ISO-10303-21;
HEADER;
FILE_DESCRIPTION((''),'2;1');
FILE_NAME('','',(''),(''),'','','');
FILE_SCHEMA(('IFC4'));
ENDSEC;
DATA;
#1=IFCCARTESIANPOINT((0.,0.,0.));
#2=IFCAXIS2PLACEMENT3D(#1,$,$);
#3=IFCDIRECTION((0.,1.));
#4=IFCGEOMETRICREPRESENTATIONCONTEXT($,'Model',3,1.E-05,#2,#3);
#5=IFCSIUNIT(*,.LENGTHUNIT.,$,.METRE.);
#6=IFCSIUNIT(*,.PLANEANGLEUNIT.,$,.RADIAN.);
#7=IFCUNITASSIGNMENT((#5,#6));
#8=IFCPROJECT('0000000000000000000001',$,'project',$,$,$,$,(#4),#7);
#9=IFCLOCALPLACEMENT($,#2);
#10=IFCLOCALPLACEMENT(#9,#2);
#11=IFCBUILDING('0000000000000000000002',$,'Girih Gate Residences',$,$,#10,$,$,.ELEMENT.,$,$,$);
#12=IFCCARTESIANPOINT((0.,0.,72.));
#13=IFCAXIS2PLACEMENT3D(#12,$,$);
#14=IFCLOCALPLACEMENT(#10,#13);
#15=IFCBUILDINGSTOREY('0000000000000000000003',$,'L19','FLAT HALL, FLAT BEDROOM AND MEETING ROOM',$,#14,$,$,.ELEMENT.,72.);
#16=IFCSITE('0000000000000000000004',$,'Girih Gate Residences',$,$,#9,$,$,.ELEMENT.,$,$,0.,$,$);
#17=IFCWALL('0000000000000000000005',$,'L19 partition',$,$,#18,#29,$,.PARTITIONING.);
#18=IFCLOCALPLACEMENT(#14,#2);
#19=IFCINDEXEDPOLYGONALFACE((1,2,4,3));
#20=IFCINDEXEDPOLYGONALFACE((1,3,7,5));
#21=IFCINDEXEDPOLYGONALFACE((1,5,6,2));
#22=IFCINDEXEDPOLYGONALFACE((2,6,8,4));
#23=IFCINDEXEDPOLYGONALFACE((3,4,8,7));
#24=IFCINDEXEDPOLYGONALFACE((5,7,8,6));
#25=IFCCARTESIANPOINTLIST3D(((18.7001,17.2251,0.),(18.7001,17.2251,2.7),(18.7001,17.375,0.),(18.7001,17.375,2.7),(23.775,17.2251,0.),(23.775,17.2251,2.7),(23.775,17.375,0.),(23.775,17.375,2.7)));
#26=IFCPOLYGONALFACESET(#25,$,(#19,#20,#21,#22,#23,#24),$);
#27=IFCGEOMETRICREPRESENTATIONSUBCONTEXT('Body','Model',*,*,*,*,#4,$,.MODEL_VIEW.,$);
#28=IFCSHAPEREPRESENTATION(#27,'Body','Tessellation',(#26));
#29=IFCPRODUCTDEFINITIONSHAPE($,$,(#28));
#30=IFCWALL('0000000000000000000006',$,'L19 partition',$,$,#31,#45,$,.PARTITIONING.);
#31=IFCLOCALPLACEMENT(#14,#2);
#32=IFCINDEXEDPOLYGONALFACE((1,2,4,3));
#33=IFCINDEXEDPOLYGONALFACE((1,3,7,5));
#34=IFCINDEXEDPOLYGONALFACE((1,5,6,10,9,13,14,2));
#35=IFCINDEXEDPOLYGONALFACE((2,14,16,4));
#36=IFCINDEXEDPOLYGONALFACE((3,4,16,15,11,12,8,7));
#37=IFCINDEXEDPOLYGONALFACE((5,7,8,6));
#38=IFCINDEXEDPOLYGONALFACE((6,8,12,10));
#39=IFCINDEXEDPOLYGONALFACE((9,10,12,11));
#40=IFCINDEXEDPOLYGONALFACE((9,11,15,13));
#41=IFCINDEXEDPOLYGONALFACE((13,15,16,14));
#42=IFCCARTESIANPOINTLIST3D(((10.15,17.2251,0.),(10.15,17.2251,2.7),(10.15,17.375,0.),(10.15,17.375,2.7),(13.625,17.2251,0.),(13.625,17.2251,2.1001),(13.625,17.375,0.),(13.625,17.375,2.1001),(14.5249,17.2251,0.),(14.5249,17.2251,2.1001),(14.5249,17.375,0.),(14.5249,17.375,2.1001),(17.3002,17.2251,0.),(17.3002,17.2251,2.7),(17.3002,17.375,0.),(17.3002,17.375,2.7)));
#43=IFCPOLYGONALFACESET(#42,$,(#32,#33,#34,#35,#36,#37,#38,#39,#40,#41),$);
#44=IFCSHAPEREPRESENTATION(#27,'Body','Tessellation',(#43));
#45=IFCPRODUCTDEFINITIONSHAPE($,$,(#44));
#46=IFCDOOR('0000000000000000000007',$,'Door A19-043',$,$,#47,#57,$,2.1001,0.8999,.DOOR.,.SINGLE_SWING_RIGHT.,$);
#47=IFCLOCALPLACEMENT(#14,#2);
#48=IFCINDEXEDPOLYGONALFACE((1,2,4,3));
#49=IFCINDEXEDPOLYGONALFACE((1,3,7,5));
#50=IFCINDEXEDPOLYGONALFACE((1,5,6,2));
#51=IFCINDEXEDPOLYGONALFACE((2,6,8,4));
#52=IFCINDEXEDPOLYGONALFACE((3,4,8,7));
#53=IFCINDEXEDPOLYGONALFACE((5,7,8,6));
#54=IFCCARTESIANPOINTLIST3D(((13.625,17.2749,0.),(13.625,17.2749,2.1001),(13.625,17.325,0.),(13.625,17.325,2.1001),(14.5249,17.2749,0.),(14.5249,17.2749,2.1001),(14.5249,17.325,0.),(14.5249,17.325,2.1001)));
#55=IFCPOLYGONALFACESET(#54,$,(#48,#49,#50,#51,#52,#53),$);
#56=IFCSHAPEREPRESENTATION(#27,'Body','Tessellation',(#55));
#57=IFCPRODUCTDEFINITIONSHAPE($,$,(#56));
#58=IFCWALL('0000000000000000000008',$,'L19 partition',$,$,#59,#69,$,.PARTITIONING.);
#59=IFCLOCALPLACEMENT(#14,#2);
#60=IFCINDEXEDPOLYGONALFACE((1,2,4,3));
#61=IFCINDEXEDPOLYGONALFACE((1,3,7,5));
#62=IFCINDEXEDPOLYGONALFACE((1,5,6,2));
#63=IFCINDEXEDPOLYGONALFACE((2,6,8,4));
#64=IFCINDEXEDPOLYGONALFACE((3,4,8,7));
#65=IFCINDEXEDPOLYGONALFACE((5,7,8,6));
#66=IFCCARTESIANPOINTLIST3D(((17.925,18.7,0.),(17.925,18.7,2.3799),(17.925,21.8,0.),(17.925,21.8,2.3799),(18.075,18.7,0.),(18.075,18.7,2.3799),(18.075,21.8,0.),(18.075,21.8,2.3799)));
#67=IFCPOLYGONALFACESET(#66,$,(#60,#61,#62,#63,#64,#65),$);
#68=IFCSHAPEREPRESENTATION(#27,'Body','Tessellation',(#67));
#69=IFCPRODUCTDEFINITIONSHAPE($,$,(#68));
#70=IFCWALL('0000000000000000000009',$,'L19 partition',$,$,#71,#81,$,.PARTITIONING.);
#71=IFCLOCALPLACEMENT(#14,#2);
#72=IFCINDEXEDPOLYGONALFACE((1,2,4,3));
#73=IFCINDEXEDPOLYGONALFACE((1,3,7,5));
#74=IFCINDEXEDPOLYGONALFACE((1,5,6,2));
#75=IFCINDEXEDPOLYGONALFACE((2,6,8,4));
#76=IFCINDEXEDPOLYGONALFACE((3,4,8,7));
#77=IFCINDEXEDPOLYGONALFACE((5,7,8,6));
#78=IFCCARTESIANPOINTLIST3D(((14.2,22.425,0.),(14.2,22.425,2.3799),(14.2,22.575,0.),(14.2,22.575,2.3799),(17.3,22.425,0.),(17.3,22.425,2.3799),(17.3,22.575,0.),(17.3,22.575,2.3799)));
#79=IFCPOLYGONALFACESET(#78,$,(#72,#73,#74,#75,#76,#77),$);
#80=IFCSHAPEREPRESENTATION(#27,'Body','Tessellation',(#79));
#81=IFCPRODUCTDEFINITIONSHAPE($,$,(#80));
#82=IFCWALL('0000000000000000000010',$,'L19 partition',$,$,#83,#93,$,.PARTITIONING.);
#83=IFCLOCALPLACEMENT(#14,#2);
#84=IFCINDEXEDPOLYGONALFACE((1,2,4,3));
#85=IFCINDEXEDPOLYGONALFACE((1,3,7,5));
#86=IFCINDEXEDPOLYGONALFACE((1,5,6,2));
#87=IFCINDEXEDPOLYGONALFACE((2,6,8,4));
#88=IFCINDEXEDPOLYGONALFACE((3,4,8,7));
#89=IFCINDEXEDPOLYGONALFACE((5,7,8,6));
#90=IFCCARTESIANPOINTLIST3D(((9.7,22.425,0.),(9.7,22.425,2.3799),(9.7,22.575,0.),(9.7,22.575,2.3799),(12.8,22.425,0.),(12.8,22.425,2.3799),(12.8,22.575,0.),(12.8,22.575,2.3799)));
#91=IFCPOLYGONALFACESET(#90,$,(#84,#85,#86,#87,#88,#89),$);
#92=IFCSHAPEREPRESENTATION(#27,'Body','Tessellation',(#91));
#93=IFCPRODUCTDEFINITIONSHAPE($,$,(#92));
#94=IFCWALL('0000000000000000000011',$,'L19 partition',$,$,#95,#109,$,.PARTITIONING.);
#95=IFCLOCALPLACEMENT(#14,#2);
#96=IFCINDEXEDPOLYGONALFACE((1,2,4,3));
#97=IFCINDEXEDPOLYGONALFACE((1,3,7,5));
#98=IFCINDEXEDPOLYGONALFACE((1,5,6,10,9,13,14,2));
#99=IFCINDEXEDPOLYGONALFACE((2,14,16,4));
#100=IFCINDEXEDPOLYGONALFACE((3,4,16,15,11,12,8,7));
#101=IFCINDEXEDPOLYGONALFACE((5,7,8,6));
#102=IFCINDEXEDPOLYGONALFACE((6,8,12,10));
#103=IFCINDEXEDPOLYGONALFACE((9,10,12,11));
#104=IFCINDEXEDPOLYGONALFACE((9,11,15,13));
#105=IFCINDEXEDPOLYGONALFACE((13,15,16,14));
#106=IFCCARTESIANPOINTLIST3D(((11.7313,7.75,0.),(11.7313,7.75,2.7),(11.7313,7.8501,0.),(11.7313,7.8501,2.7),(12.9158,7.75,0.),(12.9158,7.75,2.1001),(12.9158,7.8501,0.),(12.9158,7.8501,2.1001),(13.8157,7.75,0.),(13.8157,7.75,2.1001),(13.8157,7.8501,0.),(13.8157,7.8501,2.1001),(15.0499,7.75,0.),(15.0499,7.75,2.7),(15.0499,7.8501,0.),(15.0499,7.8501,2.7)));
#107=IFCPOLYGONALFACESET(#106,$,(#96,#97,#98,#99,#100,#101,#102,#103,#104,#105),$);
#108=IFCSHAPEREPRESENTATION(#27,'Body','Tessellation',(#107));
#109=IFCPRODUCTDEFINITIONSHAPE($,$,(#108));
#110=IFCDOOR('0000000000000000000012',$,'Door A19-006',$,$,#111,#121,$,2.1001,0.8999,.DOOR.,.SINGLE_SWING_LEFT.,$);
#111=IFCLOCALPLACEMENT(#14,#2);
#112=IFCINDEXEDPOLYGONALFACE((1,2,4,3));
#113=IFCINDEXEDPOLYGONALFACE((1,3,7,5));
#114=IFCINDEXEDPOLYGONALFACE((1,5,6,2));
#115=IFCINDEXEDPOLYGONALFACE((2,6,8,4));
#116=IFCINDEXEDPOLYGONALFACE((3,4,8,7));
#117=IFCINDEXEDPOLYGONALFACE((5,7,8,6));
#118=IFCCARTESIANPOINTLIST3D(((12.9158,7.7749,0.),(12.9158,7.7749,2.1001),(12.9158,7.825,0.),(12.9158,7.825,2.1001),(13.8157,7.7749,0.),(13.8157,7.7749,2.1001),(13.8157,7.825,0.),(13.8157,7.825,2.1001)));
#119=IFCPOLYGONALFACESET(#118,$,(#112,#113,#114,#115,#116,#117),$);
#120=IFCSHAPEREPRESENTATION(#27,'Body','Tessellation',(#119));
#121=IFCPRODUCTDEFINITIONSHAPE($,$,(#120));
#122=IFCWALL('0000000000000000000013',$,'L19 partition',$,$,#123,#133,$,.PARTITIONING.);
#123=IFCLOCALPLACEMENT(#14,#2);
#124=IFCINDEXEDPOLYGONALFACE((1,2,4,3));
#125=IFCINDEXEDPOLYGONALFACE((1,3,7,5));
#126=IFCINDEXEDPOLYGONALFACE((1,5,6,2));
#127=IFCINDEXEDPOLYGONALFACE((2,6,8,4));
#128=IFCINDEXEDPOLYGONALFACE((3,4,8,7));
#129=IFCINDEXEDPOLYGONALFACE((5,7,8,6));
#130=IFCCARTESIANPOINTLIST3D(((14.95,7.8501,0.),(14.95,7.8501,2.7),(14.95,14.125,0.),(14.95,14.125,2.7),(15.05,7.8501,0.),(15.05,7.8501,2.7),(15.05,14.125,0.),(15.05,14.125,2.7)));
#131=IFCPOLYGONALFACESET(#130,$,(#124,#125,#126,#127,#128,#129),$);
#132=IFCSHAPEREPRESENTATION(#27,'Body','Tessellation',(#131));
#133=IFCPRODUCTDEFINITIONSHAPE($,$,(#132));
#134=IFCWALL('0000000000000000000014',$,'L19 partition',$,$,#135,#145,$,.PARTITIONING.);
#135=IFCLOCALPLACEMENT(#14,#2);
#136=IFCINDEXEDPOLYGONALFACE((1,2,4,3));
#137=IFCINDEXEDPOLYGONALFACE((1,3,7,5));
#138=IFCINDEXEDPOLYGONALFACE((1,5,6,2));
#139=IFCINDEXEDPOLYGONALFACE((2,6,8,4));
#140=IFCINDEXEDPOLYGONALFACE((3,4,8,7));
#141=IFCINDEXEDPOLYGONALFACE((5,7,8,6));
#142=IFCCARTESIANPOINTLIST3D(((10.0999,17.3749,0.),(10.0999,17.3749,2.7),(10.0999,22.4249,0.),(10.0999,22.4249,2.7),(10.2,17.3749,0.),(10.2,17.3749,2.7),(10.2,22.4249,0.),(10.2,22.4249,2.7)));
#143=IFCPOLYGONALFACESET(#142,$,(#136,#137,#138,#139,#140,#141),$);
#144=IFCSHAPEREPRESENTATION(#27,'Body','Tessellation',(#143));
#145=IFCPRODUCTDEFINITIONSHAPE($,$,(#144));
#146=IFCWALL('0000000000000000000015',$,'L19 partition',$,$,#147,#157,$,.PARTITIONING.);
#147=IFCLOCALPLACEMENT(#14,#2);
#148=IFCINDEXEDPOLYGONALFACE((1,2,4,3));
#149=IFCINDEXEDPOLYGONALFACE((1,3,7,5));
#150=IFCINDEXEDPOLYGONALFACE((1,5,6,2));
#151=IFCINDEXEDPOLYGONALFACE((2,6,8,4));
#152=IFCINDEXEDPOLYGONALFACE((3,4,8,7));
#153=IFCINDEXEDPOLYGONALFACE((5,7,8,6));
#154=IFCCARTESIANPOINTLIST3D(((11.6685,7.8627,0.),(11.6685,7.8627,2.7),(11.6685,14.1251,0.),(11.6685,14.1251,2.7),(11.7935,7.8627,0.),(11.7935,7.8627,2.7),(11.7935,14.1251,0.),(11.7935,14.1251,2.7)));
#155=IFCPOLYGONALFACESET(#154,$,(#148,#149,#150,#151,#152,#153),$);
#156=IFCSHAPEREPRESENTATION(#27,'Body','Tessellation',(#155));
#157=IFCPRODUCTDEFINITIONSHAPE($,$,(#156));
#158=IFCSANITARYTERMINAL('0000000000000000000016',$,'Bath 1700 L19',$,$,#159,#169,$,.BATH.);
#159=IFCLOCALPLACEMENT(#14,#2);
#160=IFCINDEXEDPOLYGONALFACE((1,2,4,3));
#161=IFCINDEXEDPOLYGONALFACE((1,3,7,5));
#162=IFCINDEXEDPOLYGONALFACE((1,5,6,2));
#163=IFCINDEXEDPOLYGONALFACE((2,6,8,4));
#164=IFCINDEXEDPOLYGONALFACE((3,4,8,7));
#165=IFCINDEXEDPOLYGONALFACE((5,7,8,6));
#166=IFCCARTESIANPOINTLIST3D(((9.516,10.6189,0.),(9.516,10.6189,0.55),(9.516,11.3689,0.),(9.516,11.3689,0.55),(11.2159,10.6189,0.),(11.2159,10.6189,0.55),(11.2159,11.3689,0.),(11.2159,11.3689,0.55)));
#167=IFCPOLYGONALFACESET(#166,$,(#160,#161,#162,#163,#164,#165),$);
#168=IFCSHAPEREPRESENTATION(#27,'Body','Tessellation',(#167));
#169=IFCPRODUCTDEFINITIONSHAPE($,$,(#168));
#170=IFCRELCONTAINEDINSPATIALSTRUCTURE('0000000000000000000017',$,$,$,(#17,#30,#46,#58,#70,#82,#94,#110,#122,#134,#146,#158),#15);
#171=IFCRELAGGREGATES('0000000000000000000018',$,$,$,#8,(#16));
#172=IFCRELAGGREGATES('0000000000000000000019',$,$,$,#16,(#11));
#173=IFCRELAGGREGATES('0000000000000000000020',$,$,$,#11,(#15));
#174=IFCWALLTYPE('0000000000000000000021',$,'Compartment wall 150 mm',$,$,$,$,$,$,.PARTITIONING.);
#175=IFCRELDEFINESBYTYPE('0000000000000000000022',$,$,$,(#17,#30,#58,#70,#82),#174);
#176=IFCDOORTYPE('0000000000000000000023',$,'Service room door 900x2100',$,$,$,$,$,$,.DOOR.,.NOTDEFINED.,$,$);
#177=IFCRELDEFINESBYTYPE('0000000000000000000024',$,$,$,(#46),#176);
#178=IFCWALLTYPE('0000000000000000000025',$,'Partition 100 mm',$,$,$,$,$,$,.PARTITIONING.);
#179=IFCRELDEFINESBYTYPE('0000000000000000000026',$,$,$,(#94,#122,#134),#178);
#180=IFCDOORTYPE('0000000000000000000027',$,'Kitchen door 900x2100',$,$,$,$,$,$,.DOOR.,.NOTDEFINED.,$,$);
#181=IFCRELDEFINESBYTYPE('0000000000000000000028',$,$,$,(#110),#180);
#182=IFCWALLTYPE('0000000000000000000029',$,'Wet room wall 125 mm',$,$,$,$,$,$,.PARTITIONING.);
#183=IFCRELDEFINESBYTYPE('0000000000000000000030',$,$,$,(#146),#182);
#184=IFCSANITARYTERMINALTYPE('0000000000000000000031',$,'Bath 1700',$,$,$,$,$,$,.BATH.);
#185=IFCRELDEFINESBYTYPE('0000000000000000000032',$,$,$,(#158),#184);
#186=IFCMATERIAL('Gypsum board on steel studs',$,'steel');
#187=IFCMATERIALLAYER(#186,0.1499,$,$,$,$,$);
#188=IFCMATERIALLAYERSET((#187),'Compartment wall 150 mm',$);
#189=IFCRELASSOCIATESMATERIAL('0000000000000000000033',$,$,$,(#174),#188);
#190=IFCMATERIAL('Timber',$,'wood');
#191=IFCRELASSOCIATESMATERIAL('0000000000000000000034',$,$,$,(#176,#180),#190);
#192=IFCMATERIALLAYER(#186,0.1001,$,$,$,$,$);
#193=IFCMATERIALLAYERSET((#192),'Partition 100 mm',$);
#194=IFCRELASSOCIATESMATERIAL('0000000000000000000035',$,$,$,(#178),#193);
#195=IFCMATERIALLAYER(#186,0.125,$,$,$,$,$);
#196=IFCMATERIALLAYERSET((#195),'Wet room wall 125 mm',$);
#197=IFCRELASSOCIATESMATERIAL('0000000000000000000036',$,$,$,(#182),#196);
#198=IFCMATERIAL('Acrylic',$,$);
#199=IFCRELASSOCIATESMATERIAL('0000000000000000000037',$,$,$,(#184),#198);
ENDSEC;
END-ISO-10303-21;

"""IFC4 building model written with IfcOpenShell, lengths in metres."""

from ifc_helpers import new_model, si_unit, direction, frame, frame_2d, origin, origin_2d, place, context, subcontext, project, spatial, rectangle, extrude, material, layer, layer_set, type_object, element, fill, save


model = new_model("IFC4")

# Units and contexts
model_context = context("Model", 3, precision=1e-05, world=origin(), true_north=direction((0.0, 1.0)))
body_context = subcontext(model_context, "Body", "Model", "MODEL_VIEW")
ifc_project = project(units=[si_unit("LENGTHUNIT", "METRE"), si_unit("PLANEANGLEUNIT", "RADIAN")], contexts=[model_context])

# Site, building, storey
site_placement = place(None, origin())
site = spatial("IfcSite", under=ifc_project, at=site_placement, Name="Girih Gate Residences", CompositionType="ELEMENT", RefElevation=0.0)
building_placement = place(site_placement, origin())
building = spatial("IfcBuilding", under=site, at=building_placement, Name="Girih Gate Residences", CompositionType="ELEMENT")
storey_placement = place(building_placement, frame((0.0, 0.0, 72.0)))
storey = spatial("IfcBuildingStorey", under=building, at=storey_placement, Name="L19", Description="FLAT HALL, FLAT BEDROOM AND MEETING ROOM", CompositionType="ELEMENT", Elevation=72.0)

# Shared definitions
ifc_material_1 = material(Name="Gypsum board on steel studs", Category="steel")

# Shared definitions
ifc_layer_1 = layer(ifc_material_1, 0.1499)
ifc_layer_set_1 = layer_set([ifc_layer_1], Name="Compartment wall 150 mm")
wall_type_1 = type_object("IfcWallType", Name="Compartment wall 150 mm", PredefinedType="PARTITIONING", material=ifc_layer_set_1)

# Wall
wall_1_placement = place(storey_placement, frame((18.7, 17.3, 0.0), z_axis=(0.0, 0.0, 1.0), x_axis=(1.0, 0.0, 0.0)))
element("IfcWall", 1, at=wall_1_placement, inside=storey, type_object=wall_type_1, Name="L19 partition", PredefinedType="PARTITIONING", context=body_context, shape_type="SweptSolid", body=[
    extrude(rectangle(XDim=5.075, YDim=0.1499, at=frame_2d((2.5376, 0.0))), origin(), (0.0, 0.0, 1.0), 2.7),
])

# Wall, opening, door
wall_2_placement = place(storey_placement, frame((10.1499, 17.3, 0.0), z_axis=(0.0, 0.0, 1.0), x_axis=(1.0, 0.0, 0.0)))
wall_2 = element("IfcWall", 2, at=wall_2_placement, inside=storey, type_object=wall_type_1, Name="L19 partition", PredefinedType="PARTITIONING", context=body_context, shape_type="SweptSolid", body=[
    extrude(rectangle(XDim=7.1501, YDim=0.1499, at=frame_2d((3.5752, 0.0))), origin(), (0.0, 0.0, 1.0), 2.7),
])
opening_1_placement = place(wall_2_placement, frame((3.4751, 0.0, 0.0)))
opening_1 = element("IfcOpeningElement", 3, at=opening_1_placement, cuts=wall_2, PredefinedType="OPENING", context=body_context, shape_type="SweptSolid", body=[
    extrude(rectangle(XDim=0.8999, YDim=2.1001, at=frame_2d((0.45, 1.05))), frame((0.0, 0.085, 0.0), z_axis=(0.0, -1.0, 0.0), x_axis=(1.0, 0.0, 0.0)), (0.0, 0.0, 1.0), 0.1699),
])
ifc_material_2 = material(Name="Timber", Category="wood")
door_type_1 = type_object("IfcDoorType", Name="Service room door 900x2100", OperationType="NOTDEFINED", PredefinedType="DOOR", material=ifc_material_2)
door_1_placement = place(opening_1_placement, origin())
door_1 = element("IfcDoor", 4, at=door_1_placement, inside=storey, type_object=door_type_1, Name="Door A19-043", OperationType="SINGLE_SWING_RIGHT", OverallHeight=2.1001, OverallWidth=0.8999, PredefinedType="DOOR", context=body_context, shape_type="SweptSolid", body=[
    extrude(rectangle(XDim=0.8999, YDim=2.1001, at=frame_2d((0.45, 1.05))), frame((0.0, 0.0249, 0.0), z_axis=(0.0, -1.0, 0.0), x_axis=(1.0, 0.0, 0.0)), (0.0, 0.0, 1.0), 0.05),
])
fill(opening_1, door_1)

# Walls
for number, where, z_axis, x_axis, name in (
    (5, (18.0, 18.7, 0.0), (0.0, 0.0, 1.0), (0.0, 1.0, 0.0), "L19 partition"),
    (6, (14.2, 22.5, 0.0), (0.0, 0.0, 1.0), (1.0, 0.0, 0.0), "L19 partition"),
    (7, (9.7, 22.5, 0.0), (0.0, 0.0, 1.0), (1.0, 0.0, 0.0), "L19 partition"),
):
    element("IfcWall", number, at=place(storey_placement, frame(where, z_axis=z_axis, x_axis=x_axis)), inside=storey, type_object=wall_type_1, Name=name, PredefinedType="PARTITIONING", context=body_context, shape_type="SweptSolid", body=[
        extrude(rectangle(XDim=3.1001, YDim=0.1499, at=frame_2d((1.55, 0.0))), origin(), (0.0, 0.0, 1.0), 2.3799),
    ])

# Wall, opening, door
ifc_layer_2 = layer(ifc_material_1, 0.1001)
ifc_layer_set_2 = layer_set([ifc_layer_2], Name="Partition 100 mm")
wall_type_2 = type_object("IfcWallType", Name="Partition 100 mm", PredefinedType="PARTITIONING", material=ifc_layer_set_2)
wall_3_placement = place(storey_placement, frame((11.7314, 7.8, 0.0), z_axis=(0.0, 0.0, 1.0), x_axis=(1.0, 0.0, 0.0)))
wall_3 = element("IfcWall", 8, at=wall_3_placement, inside=storey, type_object=wall_type_2, Name="L19 partition", PredefinedType="PARTITIONING", context=body_context, shape_type="SweptSolid", body=[
    extrude(rectangle(XDim=3.3186, YDim=0.1001, at=frame_2d((1.6592, 0.0))), origin(), (0.0, 0.0, 1.0), 2.7),
])
opening_2_placement = place(wall_3_placement, frame((1.1843, 0.0, 0.0)))
opening_2 = element("IfcOpeningElement", 9, at=opening_2_placement, cuts=wall_3, PredefinedType="OPENING", context=body_context, shape_type="SweptSolid", body=[
    extrude(rectangle(XDim=0.8999, YDim=2.1001, at=frame_2d((0.45, 1.05))), frame((0.0, 0.0601, 0.0), z_axis=(0.0, -1.0, 0.0), x_axis=(1.0, 0.0, 0.0)), (0.0, 0.0, 1.0), 0.1201),
])
door_type_2 = type_object("IfcDoorType", Name="Kitchen door 900x2100", OperationType="NOTDEFINED", PredefinedType="DOOR", material=ifc_material_2)
door_2_placement = place(opening_2_placement, origin())
door_2 = element("IfcDoor", 10, at=door_2_placement, inside=storey, type_object=door_type_2, Name="Door A19-006", OperationType="SINGLE_SWING_LEFT", OverallHeight=2.1001, OverallWidth=0.8999, PredefinedType="DOOR", context=body_context, shape_type="SweptSolid", body=[
    extrude(rectangle(XDim=0.8999, YDim=2.1001, at=frame_2d((0.45, 1.05))), frame((0.0, 0.0249, 0.0), z_axis=(0.0, -1.0, 0.0), x_axis=(1.0, 0.0, 0.0)), (0.0, 0.0, 1.0), 0.05),
])
fill(opening_2, door_2)

# Walls
wall_4_placement = place(storey_placement, frame((15.0, 7.8501, 0.0), z_axis=(0.0, 0.0, 1.0), x_axis=(0.0, 1.0, 0.0)))
element("IfcWall", 11, at=wall_4_placement, inside=storey, type_object=wall_type_2, Name="L19 partition", PredefinedType="PARTITIONING", context=body_context, shape_type="SweptSolid", body=[
    extrude(rectangle(XDim=6.2749, YDim=0.1001, at=frame_2d((3.1375, 0.0))), origin(), (0.0, 0.0, 1.0), 2.7),
])
wall_5_placement = place(storey_placement, frame((10.1499, 17.375, 0.0), z_axis=(0.0, 0.0, 1.0), x_axis=(0.0, 1.0, 0.0)))
element("IfcWall", 12, at=wall_5_placement, inside=storey, type_object=wall_type_2, Name="L19 partition", PredefinedType="PARTITIONING", context=body_context, shape_type="SweptSolid", body=[
    extrude(rectangle(XDim=5.05, YDim=0.1001, at=frame_2d((2.5249, 0.0))), origin(), (0.0, 0.0, 1.0), 2.7),
])
ifc_layer_3 = layer(ifc_material_1, 0.125)
ifc_layer_set_3 = layer_set([ifc_layer_3], Name="Wet room wall 125 mm")
wall_type_3 = type_object("IfcWallType", Name="Wet room wall 125 mm", PredefinedType="PARTITIONING", material=ifc_layer_set_3)
wall_6_placement = place(storey_placement, frame((11.731, 7.8625, 0.0), z_axis=(0.0, 0.0, 1.0), x_axis=(0.0, 1.0, 0.0)))
element("IfcWall", 13, at=wall_6_placement, inside=storey, type_object=wall_type_3, Name="L19 partition", PredefinedType="PARTITIONING", context=body_context, shape_type="SweptSolid", body=[
    extrude(rectangle(XDim=6.2625, YDim=0.125, at=frame_2d((3.1313, 0.0))), origin(), (0.0, 0.0, 1.0), 2.7),
])

# Sanitary terminal
ifc_material_3 = material(Name="Acrylic")
sanitary_terminal_type = type_object("IfcSanitaryTerminalType", Name="Bath 1700", PredefinedType="BATH", material=ifc_material_3)
sanitary_terminal_placement = place(storey_placement, frame((10.366, 10.9939, 0.0), z_axis=(0.0, 0.0, 1.0), x_axis=(1.0, 0.0, 0.0)))
element("IfcSanitaryTerminal", 14, at=sanitary_terminal_placement, inside=storey, type_object=sanitary_terminal_type, Name="Bath 1700 L19", PredefinedType="BATH", context=body_context, shape_type="SweptSolid", body=[
    extrude(rectangle(XDim=1.7, YDim=0.75, at=origin_2d()), origin(), (0.0, 0.0, 1.0), 0.55),
])

save(model, "model.ifc")
